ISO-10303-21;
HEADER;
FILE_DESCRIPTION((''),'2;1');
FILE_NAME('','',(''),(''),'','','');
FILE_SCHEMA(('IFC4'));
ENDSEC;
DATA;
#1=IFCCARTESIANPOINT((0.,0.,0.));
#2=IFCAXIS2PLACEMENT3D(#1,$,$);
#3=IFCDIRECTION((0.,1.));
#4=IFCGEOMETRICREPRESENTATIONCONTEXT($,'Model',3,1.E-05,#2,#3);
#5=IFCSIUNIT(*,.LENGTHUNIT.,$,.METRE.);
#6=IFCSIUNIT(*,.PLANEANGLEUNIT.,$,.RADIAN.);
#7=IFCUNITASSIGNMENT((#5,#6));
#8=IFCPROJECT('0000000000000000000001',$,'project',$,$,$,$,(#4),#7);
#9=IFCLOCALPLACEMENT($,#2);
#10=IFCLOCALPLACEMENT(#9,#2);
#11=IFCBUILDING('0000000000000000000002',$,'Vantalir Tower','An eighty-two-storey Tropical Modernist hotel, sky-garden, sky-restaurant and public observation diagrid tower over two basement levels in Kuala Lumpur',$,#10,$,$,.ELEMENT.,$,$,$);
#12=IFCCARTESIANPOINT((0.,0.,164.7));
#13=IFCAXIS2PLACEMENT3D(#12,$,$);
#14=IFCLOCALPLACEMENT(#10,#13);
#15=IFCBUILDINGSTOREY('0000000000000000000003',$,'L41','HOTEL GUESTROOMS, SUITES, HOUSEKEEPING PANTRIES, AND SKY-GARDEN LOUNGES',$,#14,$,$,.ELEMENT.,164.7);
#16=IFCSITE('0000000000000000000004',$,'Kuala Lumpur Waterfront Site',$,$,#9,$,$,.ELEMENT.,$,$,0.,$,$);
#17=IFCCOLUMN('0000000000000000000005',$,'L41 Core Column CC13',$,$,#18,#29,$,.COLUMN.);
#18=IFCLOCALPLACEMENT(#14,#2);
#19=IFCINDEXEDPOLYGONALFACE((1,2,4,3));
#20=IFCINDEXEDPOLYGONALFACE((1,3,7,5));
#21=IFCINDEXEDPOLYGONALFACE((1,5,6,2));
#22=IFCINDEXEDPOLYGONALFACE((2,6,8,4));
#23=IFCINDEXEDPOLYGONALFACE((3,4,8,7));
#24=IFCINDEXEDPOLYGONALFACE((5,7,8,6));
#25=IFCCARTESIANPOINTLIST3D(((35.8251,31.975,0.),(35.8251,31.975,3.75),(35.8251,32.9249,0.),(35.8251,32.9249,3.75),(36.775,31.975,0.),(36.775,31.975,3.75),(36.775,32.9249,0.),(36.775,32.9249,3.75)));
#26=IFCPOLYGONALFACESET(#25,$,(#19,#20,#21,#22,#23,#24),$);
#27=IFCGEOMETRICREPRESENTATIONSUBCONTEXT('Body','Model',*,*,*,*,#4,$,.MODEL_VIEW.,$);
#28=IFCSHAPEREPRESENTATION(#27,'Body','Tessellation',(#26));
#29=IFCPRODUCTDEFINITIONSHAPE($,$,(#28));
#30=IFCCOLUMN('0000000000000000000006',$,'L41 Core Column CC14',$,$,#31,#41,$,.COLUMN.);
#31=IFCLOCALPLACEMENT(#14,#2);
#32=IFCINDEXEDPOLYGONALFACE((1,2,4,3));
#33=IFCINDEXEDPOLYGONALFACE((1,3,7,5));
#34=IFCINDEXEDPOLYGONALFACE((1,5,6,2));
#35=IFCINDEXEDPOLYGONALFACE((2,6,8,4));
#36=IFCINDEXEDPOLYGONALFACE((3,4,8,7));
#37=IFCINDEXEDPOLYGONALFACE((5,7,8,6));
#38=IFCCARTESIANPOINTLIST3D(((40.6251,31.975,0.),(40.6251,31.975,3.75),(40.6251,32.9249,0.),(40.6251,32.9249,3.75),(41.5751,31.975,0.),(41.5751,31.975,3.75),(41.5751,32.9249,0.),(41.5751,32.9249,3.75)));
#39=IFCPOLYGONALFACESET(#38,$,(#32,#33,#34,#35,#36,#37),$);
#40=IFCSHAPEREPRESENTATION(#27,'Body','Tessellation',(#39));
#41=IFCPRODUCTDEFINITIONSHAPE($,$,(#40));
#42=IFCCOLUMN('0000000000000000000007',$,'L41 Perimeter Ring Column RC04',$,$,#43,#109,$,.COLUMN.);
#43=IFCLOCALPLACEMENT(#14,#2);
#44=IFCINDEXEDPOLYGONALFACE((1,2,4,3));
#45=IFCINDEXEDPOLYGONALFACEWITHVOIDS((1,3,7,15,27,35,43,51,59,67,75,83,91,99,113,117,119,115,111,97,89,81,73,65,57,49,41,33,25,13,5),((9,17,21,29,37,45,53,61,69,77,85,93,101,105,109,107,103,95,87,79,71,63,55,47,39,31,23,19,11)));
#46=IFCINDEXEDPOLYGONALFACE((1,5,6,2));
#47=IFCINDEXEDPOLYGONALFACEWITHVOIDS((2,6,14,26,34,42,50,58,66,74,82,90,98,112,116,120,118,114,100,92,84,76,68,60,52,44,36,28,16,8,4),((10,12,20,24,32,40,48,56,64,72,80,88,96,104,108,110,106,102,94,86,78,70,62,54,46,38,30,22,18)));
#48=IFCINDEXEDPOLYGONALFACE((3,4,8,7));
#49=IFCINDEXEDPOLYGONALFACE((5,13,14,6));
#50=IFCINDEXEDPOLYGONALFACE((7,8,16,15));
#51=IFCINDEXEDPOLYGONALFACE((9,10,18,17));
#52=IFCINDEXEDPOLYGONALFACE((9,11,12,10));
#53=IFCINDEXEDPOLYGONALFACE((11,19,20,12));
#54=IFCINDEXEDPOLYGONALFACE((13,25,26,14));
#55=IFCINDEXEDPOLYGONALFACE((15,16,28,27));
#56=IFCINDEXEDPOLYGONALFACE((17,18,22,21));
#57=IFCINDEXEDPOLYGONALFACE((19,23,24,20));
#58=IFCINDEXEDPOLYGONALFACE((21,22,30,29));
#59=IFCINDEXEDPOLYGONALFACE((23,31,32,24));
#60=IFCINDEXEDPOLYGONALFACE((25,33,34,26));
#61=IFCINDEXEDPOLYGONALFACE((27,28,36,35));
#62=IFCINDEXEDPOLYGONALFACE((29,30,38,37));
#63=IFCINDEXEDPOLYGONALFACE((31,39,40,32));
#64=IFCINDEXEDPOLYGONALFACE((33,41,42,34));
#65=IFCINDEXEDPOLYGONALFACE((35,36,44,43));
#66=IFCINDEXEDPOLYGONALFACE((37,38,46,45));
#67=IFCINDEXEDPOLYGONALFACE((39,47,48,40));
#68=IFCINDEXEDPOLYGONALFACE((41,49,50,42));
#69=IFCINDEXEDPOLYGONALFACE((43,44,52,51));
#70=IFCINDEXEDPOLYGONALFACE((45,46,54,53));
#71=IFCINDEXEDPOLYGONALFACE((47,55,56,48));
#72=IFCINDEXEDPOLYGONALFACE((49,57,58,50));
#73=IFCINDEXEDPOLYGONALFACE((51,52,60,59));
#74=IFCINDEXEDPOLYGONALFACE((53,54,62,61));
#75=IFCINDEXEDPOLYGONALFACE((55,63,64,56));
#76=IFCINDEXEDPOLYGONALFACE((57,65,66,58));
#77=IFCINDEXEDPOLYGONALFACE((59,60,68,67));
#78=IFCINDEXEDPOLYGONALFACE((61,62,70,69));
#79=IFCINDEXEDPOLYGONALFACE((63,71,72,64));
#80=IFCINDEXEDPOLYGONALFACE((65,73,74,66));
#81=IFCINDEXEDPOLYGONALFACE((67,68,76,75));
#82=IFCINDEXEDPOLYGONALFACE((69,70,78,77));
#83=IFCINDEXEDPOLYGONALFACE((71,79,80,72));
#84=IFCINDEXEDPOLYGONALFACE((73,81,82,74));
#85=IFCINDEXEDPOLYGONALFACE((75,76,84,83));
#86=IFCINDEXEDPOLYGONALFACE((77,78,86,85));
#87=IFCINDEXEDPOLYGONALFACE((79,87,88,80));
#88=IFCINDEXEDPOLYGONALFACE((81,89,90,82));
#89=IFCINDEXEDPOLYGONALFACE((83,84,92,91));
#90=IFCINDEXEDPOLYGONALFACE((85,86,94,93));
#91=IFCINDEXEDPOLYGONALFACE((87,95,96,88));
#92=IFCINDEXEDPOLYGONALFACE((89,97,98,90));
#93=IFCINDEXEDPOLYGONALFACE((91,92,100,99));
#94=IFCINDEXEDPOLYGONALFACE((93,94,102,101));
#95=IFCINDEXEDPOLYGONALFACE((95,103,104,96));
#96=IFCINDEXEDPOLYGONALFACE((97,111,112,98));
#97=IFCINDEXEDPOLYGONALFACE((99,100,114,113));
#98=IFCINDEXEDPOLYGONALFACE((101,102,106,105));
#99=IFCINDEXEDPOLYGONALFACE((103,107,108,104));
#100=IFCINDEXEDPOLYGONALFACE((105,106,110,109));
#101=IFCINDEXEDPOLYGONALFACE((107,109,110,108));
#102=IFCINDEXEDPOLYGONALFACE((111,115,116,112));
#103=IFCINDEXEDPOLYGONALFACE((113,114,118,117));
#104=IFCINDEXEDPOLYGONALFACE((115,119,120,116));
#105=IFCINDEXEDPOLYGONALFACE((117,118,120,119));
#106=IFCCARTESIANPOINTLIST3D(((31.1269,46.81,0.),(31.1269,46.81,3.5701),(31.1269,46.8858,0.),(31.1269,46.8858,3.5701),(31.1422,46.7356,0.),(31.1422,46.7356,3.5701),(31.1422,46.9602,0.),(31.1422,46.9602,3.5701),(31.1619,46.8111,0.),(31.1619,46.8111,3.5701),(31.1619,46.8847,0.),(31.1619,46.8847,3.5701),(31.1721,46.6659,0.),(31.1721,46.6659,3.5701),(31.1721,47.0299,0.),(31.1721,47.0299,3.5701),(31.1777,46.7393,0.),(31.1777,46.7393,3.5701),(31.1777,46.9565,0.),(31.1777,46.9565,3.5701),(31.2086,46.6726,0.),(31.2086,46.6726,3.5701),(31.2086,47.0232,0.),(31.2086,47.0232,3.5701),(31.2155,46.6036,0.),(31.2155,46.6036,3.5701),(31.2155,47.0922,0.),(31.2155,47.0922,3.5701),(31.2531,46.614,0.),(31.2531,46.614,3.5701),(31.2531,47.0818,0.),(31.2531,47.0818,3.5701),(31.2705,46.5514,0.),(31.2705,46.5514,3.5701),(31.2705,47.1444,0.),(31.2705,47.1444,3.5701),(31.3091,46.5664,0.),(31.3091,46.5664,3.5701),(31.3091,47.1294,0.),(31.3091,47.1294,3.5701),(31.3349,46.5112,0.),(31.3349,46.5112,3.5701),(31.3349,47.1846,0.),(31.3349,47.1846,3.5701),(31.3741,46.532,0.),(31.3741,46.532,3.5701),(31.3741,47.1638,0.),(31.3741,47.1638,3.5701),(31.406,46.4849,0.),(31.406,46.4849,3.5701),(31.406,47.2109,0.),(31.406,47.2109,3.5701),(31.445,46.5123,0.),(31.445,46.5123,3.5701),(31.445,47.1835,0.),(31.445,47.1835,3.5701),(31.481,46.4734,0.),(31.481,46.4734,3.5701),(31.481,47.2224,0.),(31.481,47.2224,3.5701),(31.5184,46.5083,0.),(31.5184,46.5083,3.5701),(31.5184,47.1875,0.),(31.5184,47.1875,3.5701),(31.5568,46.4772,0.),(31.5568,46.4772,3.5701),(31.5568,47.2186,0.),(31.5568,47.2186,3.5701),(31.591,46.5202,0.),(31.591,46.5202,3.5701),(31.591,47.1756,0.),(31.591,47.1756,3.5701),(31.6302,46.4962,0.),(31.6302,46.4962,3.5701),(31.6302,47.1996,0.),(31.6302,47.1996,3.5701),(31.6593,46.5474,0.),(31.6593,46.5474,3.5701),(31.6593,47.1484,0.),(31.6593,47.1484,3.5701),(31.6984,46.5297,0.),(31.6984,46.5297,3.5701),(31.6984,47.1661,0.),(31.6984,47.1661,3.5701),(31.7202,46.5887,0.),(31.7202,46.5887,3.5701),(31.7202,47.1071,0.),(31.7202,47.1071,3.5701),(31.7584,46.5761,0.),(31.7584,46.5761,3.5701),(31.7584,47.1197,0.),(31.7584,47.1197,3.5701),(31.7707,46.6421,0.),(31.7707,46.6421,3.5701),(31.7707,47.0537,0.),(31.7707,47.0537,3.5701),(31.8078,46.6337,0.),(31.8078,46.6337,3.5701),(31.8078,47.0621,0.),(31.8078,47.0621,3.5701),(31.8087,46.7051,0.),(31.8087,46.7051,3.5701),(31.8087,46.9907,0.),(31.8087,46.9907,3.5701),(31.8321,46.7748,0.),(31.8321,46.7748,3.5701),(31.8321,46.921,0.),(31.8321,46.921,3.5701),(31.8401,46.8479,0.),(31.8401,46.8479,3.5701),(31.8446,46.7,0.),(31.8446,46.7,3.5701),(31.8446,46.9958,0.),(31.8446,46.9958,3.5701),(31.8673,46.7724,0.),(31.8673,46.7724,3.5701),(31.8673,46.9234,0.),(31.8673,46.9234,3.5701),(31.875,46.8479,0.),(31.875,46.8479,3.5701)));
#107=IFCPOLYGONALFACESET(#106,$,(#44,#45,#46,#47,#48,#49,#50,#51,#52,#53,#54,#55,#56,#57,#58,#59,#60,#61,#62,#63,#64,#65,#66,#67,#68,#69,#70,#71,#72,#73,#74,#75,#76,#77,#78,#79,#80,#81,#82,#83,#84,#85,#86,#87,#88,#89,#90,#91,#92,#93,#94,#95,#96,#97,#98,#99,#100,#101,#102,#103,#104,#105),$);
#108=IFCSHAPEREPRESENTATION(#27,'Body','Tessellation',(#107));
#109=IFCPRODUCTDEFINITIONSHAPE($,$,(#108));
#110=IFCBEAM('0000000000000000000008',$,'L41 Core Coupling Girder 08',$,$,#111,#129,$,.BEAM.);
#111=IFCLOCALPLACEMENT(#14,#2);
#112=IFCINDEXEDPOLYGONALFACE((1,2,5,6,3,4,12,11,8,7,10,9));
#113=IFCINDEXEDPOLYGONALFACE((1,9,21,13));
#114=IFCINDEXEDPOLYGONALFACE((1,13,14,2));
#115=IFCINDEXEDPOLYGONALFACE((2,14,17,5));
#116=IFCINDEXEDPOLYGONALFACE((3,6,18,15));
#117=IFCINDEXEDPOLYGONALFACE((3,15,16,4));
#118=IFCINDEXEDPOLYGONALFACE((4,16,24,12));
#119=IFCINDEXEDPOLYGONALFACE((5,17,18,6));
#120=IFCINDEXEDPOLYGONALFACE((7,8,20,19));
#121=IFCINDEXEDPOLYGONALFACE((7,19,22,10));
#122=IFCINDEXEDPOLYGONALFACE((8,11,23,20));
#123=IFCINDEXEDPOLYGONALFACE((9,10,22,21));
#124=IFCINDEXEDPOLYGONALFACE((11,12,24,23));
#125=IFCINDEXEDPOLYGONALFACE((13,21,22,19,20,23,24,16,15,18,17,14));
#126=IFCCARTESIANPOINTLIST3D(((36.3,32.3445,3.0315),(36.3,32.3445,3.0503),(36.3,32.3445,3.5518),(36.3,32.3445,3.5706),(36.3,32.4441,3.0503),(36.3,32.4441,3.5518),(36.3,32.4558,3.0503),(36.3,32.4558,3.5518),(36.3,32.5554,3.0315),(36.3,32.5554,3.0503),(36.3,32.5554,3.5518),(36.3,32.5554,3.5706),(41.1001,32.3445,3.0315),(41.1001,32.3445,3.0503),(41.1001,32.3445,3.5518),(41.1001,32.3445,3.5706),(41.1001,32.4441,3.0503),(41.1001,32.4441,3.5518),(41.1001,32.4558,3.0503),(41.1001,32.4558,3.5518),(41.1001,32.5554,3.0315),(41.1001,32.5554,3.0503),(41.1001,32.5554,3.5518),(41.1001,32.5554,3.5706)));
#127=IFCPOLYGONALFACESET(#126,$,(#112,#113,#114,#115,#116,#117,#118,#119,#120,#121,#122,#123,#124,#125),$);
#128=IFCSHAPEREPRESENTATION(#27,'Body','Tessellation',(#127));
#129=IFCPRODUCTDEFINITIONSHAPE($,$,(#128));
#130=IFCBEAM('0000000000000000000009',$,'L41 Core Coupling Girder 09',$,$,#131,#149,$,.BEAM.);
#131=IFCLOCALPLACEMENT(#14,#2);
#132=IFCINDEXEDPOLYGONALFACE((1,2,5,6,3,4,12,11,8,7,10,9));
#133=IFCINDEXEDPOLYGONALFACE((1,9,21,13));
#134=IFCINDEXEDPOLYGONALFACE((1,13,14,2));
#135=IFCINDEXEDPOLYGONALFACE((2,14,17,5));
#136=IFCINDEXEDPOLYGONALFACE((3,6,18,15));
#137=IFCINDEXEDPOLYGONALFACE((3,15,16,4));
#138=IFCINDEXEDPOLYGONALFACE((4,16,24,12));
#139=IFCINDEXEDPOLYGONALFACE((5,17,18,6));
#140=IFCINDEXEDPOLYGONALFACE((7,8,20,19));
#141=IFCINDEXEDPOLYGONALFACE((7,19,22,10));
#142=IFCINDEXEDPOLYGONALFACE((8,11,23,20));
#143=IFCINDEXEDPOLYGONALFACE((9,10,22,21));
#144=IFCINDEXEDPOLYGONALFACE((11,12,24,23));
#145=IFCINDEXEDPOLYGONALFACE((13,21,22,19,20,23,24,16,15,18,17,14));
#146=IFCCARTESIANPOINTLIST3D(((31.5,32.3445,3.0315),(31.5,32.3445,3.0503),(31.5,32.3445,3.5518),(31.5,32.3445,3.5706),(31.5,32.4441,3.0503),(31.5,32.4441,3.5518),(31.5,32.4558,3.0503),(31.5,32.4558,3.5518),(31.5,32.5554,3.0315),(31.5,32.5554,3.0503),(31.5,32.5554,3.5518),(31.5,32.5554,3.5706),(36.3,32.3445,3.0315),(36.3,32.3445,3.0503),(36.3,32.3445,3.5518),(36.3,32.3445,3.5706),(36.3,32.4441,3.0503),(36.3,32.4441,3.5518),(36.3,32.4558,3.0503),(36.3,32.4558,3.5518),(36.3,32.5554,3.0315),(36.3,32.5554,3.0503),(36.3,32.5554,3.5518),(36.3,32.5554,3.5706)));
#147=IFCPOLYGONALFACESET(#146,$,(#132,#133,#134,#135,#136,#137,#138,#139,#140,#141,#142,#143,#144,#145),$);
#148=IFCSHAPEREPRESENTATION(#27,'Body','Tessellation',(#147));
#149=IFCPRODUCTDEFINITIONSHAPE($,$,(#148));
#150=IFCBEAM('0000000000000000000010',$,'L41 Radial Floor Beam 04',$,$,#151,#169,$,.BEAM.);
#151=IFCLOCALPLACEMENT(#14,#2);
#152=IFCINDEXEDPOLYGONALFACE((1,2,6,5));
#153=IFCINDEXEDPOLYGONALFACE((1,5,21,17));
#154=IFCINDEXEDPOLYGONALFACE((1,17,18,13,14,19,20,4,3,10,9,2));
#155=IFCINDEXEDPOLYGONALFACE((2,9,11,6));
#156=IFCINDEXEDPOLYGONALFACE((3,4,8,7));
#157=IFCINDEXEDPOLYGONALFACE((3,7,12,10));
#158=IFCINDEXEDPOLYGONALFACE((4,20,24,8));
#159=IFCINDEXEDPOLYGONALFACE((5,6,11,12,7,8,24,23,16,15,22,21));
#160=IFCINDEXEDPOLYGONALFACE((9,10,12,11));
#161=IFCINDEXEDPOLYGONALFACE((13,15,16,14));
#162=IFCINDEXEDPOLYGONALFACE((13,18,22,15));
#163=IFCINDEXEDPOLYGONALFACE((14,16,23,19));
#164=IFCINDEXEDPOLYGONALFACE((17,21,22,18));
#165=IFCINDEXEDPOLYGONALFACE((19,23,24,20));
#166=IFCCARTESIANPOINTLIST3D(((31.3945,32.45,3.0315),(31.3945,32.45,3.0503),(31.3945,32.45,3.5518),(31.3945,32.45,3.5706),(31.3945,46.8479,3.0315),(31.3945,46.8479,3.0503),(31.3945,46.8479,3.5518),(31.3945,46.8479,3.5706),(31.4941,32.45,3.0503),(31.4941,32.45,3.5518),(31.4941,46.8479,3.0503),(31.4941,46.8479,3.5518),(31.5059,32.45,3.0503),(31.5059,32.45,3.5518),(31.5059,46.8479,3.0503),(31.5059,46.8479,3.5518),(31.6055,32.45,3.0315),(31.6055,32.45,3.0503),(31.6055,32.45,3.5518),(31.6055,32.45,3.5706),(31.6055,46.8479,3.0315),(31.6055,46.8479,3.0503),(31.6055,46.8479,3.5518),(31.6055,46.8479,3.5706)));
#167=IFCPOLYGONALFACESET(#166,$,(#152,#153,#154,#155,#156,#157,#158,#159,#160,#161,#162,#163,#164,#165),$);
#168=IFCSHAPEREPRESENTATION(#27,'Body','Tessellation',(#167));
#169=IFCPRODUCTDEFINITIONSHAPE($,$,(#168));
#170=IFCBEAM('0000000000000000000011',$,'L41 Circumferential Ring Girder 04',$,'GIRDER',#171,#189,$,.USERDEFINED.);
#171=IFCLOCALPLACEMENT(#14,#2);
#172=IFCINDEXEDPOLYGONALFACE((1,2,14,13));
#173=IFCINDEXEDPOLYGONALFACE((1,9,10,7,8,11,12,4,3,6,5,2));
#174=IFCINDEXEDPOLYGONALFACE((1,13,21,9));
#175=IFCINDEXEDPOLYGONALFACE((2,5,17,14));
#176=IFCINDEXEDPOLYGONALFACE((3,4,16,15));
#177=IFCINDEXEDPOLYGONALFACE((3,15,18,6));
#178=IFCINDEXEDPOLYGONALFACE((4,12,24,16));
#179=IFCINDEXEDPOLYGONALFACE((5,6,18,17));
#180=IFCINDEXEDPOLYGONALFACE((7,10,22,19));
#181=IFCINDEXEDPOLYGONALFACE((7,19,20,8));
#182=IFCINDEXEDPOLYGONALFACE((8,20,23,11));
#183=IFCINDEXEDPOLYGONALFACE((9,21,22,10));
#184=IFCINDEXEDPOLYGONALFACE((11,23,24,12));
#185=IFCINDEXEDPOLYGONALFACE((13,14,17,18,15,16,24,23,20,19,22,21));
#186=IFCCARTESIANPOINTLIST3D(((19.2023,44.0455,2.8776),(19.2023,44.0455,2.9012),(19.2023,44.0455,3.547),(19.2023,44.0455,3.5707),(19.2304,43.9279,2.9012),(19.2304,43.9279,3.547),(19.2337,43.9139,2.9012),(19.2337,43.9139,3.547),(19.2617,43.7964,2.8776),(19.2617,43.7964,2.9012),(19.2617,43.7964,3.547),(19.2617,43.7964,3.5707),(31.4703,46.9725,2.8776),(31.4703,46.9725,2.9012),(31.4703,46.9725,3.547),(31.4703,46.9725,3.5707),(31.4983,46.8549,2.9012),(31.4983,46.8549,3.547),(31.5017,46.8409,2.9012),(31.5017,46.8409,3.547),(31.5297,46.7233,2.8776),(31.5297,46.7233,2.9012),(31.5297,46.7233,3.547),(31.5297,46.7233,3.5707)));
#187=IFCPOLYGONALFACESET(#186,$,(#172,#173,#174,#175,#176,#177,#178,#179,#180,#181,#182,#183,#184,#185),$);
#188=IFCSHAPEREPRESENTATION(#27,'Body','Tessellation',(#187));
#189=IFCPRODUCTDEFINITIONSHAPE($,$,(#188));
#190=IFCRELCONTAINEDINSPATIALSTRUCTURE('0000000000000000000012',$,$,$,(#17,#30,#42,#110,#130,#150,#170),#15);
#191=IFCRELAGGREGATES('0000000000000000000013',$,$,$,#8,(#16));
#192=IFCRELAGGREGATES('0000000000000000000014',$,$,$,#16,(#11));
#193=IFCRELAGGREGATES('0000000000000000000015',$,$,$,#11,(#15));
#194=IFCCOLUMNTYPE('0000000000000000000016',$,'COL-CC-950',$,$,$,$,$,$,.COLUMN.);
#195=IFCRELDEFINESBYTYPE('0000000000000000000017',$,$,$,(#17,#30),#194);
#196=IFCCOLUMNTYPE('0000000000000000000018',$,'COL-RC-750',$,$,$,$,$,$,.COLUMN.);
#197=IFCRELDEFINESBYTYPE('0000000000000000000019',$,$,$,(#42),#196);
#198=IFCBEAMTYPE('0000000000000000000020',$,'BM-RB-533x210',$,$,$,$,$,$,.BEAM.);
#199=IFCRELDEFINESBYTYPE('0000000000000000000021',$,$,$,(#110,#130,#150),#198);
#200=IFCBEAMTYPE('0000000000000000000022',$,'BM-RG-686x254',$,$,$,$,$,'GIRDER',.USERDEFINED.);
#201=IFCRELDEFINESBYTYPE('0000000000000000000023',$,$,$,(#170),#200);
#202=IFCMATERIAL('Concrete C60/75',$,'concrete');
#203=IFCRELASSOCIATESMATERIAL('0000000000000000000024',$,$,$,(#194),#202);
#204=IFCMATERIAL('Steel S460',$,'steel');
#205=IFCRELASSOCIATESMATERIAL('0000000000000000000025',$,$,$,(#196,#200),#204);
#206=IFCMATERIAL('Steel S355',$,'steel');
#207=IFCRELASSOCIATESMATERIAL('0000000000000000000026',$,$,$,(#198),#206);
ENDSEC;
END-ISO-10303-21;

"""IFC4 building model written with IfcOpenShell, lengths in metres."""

from ifc_helpers import new_model, si_unit, direction, frame, origin, origin_2d, place, context, subcontext, project, spatial, rectangle, hollow_circle, i_section, extrude, material, material_profile, profile_set, type_object, element, save


model = new_model("IFC4")

# Units and contexts
model_context = context("Model", 3, precision=1e-05, world=origin(), true_north=direction((0.0, 1.0)))
body_context = subcontext(model_context, "Body", "Model", "MODEL_VIEW")
ifc_project = project(units=[si_unit("LENGTHUNIT", "METRE"), si_unit("PLANEANGLEUNIT", "RADIAN")], contexts=[model_context])

# Site, building, storey
site_placement = place(None, origin())
site = spatial("IfcSite", under=ifc_project, at=site_placement, Name="Kuala Lumpur Waterfront Site", CompositionType="ELEMENT", RefElevation=0.0)
building_placement = place(site_placement, origin())
building = spatial("IfcBuilding", under=site, at=building_placement, Name="Vantalir Tower", Description="An eighty-two-storey Tropical Modernist hotel, sky-garden, sky-restaurant and public observation diagrid tower over two basement levels in Kuala Lumpur", CompositionType="ELEMENT")
storey_placement = place(building_placement, frame((0.0, 0.0, 164.7)))
storey = spatial("IfcBuildingStorey", under=building, at=storey_placement, Name="L41", Description="HOTEL GUESTROOMS, SUITES, HOUSEKEEPING PANTRIES, AND SKY-GARDEN LOUNGES", CompositionType="ELEMENT", Elevation=164.7)

# Columns
ifc_material_1 = material(Name="Concrete C60/75", Category="concrete")
ifc_material_profile_1 = material_profile(ifc_material_1, rectangle(XDim=0.95, YDim=0.95, at=origin_2d()), Name="Concrete C60/75")
ifc_profile_set_1 = profile_set([ifc_material_profile_1], Name="Concrete C60/75")
column_type_1 = type_object("IfcColumnType", Name="COL-CC-950", PredefinedType="COLUMN", material=ifc_profile_set_1)
for number, where, z_axis, x_axis, name in (
    (1, (36.3, 32.45, 0.0), (0.0, 0.0, 1.0), (1.0, 0.0, 0.0), "L41 Core Column CC13"),
    (2, (41.1001, 32.45, 0.0), (0.0, 0.0, 1.0), (1.0, 0.0, 0.0), "L41 Core Column CC14"),
):
    element("IfcColumn", number, at=place(storey_placement, frame(where, z_axis=z_axis, x_axis=x_axis)), inside=storey, type_object=column_type_1, Name=name, PredefinedType="COLUMN", context=body_context, shape_type="SweptSolid", body=[
        extrude(rectangle(XDim=0.95, YDim=0.95, at=origin_2d()), origin(), (0.0, 0.0, 1.0), 3.75),
    ])
ifc_material_2 = material(Name="Steel S460", Category="steel")
ifc_material_profile_2 = material_profile(ifc_material_2, hollow_circle(Radius=0.375, WallThickness=0.0349, at=origin_2d()), Name="Steel S460")
ifc_profile_set_2 = profile_set([ifc_material_profile_2], Name="Steel S460")
column_type_2 = type_object("IfcColumnType", Name="COL-RC-750", PredefinedType="COLUMN", material=ifc_profile_set_2)
column_placement = place(storey_placement, frame((31.5, 46.8479, 0.0), z_axis=(0.0, 0.0, 1.0), x_axis=(1.0, 0.0, 0.0)))
element("IfcColumn", 3, at=column_placement, inside=storey, type_object=column_type_2, Name="L41 Perimeter Ring Column RC04", PredefinedType="COLUMN", context=body_context, shape_type="SweptSolid", body=[
    extrude(hollow_circle(Radius=0.375, WallThickness=0.0349, at=origin_2d()), origin(), (0.0, 0.0, 1.0), 3.5701),
])

# Beams
ifc_material_3 = material(Name="Steel S355", Category="steel")
ifc_material_profile_3 = material_profile(ifc_material_3, i_section(OverallWidth=0.2109, OverallDepth=0.5391, WebThickness=0.0117, FlangeThickness=0.0188, at=origin_2d()), Name="Steel S355")
ifc_profile_set_3 = profile_set([ifc_material_profile_3], Name="Steel S355")
beam_type_1 = type_object("IfcBeamType", Name="BM-RB-533x210", PredefinedType="BEAM", material=ifc_profile_set_3)
for number, where, z_axis, x_axis, name in (
    (4, (41.1001, 32.45, 3.301), (-1.0, 0.0, 0.0), (0.0, -1.0, 0.0), "L41 Core Coupling Girder 08"),
    (5, (36.3, 32.45, 3.301), (-1.0, 0.0, 0.0), (0.0, -1.0, 0.0), "L41 Core Coupling Girder 09"),
):
    element("IfcBeam", number, at=place(storey_placement, frame(where, z_axis=z_axis, x_axis=x_axis)), inside=storey, type_object=beam_type_1, Name=name, PredefinedType="BEAM", context=body_context, shape_type="SweptSolid", body=[
        extrude(i_section(OverallWidth=0.2109, OverallDepth=0.5391, WebThickness=0.0117, FlangeThickness=0.0188, at=origin_2d()), origin(), (0.0, 0.0, 1.0), 4.8),
    ])
beam_1_placement = place(storey_placement, frame((31.5, 46.8479, 3.301), z_axis=(0.0, -1.0, 0.0), x_axis=(1.0, 0.0, 0.0)))
element("IfcBeam", 6, at=beam_1_placement, inside=storey, type_object=beam_type_1, Name="L41 Radial Floor Beam 04", PredefinedType="BEAM", context=body_context, shape_type="SweptSolid", body=[
    extrude(i_section(OverallWidth=0.2109, OverallDepth=0.5391, WebThickness=0.0117, FlangeThickness=0.0188, at=origin_2d()), origin(), (0.0, 0.0, 1.0), 14.3979),
])
ifc_material_profile_4 = material_profile(ifc_material_2, i_section(OverallWidth=0.2561, OverallDepth=0.6931, WebThickness=0.0144, FlangeThickness=0.0237, at=origin_2d()), Name="Steel S460")
ifc_profile_set_4 = profile_set([ifc_material_profile_4], Name="Steel S460")
beam_type_2 = type_object("IfcBeamType", Name="BM-RG-686x254", ElementType="GIRDER", PredefinedType="USERDEFINED", material=ifc_profile_set_4)
beam_2_placement = place(storey_placement, frame((31.5, 46.8479, 3.2241), z_axis=(-0.972698, -0.232073, 0.0), x_axis=(0.232073, -0.972698, 0.0)))
element("IfcBeam", 7, at=beam_2_placement, inside=storey, type_object=beam_type_2, Name="L41 Circumferential Ring Girder 04", ObjectType="GIRDER", PredefinedType="USERDEFINED", context=body_context, shape_type="SweptSolid", body=[
    extrude(i_section(OverallWidth=0.2561, OverallDepth=0.6931, WebThickness=0.0144, FlangeThickness=0.0237, at=origin_2d()), origin(), (0.0, 0.0, 1.0), 12.6123),
])

save(model, "model.ifc")
